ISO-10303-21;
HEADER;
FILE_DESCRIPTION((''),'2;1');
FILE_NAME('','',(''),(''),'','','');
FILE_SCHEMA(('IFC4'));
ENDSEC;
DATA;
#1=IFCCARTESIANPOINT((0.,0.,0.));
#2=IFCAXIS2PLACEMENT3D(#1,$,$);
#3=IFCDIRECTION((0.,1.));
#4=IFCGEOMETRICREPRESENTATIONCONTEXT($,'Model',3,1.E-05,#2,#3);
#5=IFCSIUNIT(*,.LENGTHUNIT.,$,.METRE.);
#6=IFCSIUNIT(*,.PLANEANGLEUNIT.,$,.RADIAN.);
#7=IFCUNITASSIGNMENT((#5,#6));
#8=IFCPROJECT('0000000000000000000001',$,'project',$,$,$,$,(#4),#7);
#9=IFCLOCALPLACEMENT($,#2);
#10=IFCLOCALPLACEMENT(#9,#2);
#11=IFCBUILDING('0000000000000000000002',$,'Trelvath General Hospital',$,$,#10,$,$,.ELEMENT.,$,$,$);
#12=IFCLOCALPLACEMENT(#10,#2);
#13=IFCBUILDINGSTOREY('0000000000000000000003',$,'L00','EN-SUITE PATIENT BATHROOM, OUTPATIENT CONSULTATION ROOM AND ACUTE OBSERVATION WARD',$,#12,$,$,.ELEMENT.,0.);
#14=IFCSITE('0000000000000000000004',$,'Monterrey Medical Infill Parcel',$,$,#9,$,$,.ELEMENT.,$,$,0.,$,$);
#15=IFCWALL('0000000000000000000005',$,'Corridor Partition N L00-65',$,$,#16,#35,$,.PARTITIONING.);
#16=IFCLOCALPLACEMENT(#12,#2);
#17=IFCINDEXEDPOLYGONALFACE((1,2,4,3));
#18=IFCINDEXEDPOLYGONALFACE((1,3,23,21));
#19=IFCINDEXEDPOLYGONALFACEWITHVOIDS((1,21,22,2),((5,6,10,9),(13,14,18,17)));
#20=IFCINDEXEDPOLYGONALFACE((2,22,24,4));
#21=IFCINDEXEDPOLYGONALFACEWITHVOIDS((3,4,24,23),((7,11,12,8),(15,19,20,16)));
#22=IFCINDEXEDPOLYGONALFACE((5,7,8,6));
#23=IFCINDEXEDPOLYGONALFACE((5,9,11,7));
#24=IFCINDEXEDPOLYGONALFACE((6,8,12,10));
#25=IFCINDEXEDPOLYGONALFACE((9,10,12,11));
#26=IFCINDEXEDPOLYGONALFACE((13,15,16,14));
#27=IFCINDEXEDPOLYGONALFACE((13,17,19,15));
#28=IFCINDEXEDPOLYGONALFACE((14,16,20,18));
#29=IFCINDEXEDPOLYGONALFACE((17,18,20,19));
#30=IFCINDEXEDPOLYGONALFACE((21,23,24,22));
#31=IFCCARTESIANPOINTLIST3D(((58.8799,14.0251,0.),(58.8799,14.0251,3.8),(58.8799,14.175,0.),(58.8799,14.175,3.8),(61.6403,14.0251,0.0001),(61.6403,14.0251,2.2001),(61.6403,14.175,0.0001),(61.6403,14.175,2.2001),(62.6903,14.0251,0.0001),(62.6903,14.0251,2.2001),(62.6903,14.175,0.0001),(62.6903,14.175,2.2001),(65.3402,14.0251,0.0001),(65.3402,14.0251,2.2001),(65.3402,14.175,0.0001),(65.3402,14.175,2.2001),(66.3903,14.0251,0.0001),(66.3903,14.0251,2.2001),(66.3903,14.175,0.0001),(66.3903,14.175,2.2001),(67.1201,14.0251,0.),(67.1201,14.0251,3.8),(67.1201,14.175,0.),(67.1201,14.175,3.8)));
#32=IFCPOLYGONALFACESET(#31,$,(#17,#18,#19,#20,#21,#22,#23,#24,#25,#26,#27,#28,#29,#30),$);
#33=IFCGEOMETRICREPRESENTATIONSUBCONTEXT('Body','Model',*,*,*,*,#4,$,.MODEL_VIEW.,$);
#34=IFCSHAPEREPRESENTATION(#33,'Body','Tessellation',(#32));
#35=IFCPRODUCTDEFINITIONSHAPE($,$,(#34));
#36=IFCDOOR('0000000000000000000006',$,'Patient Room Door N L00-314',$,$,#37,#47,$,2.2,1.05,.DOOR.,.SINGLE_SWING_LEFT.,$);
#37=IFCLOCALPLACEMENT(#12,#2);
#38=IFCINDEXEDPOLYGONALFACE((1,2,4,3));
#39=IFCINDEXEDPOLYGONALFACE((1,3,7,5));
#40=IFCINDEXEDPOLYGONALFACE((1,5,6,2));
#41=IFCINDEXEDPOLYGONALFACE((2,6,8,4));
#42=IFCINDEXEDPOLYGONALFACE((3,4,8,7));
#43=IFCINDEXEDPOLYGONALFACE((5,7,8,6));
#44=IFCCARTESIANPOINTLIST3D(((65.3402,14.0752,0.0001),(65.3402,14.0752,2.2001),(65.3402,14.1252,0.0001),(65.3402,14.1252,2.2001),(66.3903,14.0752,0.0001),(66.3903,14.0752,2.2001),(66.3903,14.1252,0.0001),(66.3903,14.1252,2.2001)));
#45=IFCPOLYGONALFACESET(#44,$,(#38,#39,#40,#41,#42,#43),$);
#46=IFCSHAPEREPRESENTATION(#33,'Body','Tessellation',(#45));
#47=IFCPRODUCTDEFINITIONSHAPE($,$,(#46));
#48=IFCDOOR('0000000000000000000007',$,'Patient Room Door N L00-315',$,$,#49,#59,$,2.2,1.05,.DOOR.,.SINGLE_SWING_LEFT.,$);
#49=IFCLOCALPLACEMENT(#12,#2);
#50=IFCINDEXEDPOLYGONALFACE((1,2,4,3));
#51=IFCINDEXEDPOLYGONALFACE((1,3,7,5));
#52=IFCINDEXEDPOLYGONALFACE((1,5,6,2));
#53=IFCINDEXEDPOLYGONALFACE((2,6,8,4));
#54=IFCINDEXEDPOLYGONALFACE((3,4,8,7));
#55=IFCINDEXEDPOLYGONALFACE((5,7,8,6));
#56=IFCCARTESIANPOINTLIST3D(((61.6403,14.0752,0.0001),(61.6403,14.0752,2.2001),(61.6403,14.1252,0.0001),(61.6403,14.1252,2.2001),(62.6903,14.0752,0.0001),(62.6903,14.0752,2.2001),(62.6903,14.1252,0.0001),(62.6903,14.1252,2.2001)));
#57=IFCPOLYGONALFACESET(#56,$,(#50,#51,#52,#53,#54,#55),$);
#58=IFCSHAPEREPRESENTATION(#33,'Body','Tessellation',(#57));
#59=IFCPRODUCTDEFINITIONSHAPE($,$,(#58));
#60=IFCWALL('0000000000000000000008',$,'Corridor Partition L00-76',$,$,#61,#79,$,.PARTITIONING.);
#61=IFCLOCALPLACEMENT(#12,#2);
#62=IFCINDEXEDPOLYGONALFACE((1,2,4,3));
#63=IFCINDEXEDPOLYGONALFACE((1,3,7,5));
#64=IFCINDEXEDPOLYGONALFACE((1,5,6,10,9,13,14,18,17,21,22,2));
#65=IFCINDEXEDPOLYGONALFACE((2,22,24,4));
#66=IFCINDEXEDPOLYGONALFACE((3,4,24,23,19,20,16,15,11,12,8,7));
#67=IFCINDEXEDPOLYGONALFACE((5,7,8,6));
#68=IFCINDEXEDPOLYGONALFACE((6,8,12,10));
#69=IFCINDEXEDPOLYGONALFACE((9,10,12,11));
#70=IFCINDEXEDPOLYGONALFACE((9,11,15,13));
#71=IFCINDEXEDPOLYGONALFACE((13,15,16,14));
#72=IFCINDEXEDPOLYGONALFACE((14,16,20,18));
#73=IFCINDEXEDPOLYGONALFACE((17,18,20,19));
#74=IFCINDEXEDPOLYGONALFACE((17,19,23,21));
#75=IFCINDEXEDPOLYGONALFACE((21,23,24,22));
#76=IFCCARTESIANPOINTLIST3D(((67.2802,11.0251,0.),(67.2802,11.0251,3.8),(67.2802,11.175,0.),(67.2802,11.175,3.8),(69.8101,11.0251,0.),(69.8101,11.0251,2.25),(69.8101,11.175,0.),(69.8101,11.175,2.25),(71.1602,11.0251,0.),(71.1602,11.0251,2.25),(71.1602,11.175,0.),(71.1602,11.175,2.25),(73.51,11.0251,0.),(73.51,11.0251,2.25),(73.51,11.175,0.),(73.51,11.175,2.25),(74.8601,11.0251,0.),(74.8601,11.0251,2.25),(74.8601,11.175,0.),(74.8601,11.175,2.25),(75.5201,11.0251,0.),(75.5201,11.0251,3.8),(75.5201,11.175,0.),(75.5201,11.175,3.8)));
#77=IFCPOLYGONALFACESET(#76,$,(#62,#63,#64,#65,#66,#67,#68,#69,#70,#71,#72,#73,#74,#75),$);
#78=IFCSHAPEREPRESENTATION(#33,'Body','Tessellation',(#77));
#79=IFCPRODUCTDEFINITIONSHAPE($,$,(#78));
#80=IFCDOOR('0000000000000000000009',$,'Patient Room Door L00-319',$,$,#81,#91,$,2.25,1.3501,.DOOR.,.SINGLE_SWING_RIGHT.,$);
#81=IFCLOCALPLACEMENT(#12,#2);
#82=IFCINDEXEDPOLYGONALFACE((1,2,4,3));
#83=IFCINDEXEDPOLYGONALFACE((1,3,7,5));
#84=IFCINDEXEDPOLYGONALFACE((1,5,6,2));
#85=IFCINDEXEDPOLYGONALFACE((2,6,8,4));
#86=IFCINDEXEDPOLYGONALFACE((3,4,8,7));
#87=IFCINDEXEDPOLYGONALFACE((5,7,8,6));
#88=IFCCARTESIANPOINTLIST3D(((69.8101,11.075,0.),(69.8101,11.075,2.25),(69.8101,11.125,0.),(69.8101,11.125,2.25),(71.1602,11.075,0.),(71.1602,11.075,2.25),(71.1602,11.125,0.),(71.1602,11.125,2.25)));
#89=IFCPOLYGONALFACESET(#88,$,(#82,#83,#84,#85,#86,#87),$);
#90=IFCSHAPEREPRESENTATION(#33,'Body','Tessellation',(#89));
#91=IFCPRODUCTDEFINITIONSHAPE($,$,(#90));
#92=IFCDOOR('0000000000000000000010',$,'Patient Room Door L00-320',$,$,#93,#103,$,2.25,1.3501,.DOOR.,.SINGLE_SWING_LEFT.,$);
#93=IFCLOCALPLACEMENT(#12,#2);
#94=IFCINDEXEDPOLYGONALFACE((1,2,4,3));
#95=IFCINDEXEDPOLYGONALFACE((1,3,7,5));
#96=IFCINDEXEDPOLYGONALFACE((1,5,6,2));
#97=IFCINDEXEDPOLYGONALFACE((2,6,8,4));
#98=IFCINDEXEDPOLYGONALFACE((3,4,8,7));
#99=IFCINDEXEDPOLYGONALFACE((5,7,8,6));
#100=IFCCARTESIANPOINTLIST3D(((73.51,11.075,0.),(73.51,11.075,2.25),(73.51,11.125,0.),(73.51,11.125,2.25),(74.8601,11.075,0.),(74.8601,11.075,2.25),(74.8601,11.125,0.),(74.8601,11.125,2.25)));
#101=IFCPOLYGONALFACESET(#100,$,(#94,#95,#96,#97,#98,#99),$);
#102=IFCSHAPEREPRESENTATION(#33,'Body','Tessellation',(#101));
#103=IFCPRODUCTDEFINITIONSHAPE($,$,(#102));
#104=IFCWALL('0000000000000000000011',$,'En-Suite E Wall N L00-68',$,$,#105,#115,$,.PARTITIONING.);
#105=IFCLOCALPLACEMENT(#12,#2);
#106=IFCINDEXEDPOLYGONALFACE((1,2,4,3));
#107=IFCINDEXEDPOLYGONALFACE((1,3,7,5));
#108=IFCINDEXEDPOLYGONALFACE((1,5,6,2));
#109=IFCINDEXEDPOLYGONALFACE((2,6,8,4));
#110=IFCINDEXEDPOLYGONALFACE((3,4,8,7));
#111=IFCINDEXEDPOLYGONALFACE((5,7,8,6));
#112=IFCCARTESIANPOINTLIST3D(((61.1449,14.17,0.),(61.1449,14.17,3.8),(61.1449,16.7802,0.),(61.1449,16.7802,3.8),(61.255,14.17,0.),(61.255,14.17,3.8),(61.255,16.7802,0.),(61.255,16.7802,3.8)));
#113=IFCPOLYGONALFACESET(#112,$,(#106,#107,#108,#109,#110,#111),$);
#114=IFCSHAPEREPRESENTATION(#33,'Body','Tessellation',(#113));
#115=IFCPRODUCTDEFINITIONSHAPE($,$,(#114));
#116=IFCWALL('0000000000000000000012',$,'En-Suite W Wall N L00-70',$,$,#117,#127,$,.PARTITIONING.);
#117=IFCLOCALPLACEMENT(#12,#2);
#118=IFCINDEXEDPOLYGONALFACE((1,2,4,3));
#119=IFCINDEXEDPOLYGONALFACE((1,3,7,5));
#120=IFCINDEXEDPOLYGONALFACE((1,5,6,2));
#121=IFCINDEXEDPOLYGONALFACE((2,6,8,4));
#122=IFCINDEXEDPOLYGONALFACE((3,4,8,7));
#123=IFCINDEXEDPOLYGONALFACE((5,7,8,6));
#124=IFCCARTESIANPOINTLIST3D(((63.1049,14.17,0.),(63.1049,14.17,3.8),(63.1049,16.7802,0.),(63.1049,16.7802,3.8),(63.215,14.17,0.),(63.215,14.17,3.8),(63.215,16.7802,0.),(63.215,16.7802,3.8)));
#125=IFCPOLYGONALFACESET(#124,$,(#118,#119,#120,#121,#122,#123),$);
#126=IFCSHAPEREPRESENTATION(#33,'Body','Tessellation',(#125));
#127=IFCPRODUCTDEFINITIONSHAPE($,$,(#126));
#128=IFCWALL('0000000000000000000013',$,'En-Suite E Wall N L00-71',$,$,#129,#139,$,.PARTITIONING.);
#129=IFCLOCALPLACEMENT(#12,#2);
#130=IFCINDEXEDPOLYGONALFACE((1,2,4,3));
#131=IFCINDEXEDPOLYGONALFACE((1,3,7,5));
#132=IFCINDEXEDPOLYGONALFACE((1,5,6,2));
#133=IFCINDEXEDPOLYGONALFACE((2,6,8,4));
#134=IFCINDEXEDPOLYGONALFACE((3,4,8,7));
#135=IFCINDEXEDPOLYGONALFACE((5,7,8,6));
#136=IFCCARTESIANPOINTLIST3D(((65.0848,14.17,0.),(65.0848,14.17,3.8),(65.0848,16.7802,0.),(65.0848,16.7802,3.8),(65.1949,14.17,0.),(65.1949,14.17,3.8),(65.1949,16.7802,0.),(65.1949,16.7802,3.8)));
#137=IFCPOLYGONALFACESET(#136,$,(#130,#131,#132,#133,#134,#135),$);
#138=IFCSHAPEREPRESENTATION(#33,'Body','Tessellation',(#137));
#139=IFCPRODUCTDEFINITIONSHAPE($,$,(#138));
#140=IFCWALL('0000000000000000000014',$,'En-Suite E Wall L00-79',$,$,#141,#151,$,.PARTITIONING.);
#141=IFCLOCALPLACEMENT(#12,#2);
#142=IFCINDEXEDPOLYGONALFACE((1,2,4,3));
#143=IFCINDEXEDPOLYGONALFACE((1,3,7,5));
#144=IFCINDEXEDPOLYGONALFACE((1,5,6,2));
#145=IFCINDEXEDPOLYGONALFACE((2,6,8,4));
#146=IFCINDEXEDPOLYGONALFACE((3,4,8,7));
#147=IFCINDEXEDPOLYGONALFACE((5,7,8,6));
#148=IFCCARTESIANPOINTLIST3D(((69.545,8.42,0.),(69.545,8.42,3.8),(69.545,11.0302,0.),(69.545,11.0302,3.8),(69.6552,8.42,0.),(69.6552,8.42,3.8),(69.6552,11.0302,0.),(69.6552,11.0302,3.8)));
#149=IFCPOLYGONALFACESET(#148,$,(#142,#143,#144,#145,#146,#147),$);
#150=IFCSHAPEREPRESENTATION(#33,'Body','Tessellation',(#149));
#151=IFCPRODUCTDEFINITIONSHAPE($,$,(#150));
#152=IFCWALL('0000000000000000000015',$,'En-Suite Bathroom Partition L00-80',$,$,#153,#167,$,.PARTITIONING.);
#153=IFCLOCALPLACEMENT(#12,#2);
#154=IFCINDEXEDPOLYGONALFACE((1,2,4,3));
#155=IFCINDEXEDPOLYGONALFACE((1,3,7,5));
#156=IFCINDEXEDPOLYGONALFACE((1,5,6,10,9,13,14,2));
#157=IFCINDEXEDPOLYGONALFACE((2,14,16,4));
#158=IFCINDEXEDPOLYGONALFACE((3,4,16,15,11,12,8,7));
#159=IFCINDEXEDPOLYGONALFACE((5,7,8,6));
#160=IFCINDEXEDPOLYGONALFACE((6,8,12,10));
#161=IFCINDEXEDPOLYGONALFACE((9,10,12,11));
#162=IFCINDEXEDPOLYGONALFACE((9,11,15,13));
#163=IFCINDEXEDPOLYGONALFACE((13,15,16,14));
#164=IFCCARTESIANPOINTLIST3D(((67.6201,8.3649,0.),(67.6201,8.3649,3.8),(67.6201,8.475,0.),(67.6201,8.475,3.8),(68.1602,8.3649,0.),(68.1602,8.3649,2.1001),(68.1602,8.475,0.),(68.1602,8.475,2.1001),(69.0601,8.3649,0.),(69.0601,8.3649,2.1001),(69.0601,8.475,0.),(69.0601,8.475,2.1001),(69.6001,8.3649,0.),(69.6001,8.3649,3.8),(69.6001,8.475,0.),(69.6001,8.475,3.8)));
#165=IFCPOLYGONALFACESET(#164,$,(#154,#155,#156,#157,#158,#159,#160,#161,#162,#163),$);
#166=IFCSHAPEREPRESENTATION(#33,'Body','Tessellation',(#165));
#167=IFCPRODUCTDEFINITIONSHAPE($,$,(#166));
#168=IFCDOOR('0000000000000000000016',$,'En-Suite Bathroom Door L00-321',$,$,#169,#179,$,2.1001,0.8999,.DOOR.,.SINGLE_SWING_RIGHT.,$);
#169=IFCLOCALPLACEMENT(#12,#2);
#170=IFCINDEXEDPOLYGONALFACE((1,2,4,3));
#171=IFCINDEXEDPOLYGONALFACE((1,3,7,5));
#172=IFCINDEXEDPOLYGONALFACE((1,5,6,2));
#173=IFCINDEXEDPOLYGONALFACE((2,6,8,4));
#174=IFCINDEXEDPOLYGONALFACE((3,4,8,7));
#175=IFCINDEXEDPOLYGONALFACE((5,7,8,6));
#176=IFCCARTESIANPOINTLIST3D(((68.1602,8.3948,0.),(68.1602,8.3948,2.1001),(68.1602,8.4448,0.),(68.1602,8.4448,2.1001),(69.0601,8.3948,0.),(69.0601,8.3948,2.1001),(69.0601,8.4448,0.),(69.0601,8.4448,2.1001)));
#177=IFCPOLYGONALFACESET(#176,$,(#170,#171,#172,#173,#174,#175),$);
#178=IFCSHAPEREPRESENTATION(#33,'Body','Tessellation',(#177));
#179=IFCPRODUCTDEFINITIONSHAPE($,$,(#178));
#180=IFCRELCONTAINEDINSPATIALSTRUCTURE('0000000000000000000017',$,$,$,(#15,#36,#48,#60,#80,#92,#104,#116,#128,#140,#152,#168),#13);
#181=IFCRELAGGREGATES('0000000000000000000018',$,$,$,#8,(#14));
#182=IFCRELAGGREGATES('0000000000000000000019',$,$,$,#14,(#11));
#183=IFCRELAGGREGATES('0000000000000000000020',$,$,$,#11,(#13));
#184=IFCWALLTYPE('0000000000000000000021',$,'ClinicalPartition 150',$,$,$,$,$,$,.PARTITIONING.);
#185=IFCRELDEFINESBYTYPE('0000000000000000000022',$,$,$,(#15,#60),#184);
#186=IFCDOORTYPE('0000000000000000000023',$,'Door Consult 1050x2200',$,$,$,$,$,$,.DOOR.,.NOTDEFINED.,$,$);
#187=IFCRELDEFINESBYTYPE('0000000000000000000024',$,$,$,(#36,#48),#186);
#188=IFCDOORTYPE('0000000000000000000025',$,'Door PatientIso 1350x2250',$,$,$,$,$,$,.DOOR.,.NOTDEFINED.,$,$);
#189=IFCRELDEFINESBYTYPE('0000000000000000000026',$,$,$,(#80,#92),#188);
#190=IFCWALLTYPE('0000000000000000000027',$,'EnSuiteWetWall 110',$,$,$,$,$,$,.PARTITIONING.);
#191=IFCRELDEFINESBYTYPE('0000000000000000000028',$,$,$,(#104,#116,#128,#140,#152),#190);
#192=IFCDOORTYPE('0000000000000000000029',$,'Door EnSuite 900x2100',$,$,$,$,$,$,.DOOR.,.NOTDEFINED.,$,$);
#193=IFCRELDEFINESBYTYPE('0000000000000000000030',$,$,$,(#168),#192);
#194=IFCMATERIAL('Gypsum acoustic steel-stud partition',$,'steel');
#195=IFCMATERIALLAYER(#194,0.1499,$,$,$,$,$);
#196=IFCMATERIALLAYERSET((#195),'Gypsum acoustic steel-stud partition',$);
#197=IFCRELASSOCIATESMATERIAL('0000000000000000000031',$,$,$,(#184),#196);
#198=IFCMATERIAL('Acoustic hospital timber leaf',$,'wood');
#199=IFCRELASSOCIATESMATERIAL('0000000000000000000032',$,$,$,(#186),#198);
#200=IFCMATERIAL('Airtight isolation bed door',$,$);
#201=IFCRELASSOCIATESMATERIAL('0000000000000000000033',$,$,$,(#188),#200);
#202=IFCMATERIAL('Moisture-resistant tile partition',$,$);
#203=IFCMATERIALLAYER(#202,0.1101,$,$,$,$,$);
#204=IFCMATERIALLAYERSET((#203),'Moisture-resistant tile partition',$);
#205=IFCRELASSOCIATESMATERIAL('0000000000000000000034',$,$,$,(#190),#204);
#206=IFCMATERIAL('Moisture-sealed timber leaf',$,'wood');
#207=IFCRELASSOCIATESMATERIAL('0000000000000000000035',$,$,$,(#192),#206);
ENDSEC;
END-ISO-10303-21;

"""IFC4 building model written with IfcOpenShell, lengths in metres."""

from ifc_helpers import new_model, si_unit, direction, frame, frame_2d, origin, place, context, subcontext, project, spatial, rectangle, extrude, material, layer, layer_set, type_object, element, fill, save


model = new_model("IFC4")

# Units and contexts
model_context = context("Model", 3, precision=1e-05, world=origin(), true_north=direction((0.0, 1.0)))
body_context = subcontext(model_context, "Body", "Model", "MODEL_VIEW")
ifc_project = project(units=[si_unit("LENGTHUNIT", "METRE"), si_unit("PLANEANGLEUNIT", "RADIAN")], contexts=[model_context])

# Site, building, storey
site_placement = place(None, origin())
site = spatial("IfcSite", under=ifc_project, at=site_placement, Name="Monterrey Medical Infill Parcel", CompositionType="ELEMENT", RefElevation=0.0)
building_placement = place(site_placement, origin())
building = spatial("IfcBuilding", under=site, at=building_placement, Name="Trelvath General Hospital", CompositionType="ELEMENT")
storey_placement = place(building_placement, origin())
storey = spatial("IfcBuildingStorey", under=building, at=storey_placement, Name="L00", Description="EN-SUITE PATIENT BATHROOM, OUTPATIENT CONSULTATION ROOM AND ACUTE OBSERVATION WARD", CompositionType="ELEMENT", Elevation=0.0)

# Walls, openings, doors
ifc_material_1 = material(Name="Gypsum acoustic steel-stud partition", Category="steel")
ifc_layer_1 = layer(ifc_material_1, 0.1499)
ifc_layer_set_1 = layer_set([ifc_layer_1], Name="Gypsum acoustic steel-stud partition")
wall_type_1 = type_object("IfcWallType", Name="ClinicalPartition 150", PredefinedType="PARTITIONING", material=ifc_layer_set_1)
wall_1_placement = place(storey_placement, frame((67.1201, 14.1001, 0.0), z_axis=(0.0, 0.0, 1.0), x_axis=(-1.0, 0.0, 0.0)))
wall_1 = element("IfcWall", 1, at=wall_1_placement, inside=storey, type_object=wall_type_1, Name="Corridor Partition N L00-65", PredefinedType="PARTITIONING", context=body_context, shape_type="SweptSolid", body=[
    extrude(rectangle(XDim=8.2402, YDim=0.1499, at=frame_2d((4.1201, 0.0))), origin(), (0.0, 0.0, 1.0), 3.8),
])
opening_1_placement = place(wall_1_placement, frame((0.73, 0.0, 0.0)))
opening_1 = element("IfcOpeningElement", 2, at=opening_1_placement, cuts=wall_1, PredefinedType="OPENING", context=body_context, shape_type="SweptSolid", body=[
    extrude(rectangle(XDim=1.05, YDim=2.2, at=frame_2d((0.5249, 1.1001))), frame((0.0, 0.085, 0.0), z_axis=(0.0, -1.0, 0.0), x_axis=(1.0, 0.0, 0.0)), (0.0, 0.0, 1.0), 0.1699),
])
opening_2_placement = place(wall_1_placement, frame((4.4299, 0.0, 0.0)))
opening_2 = element("IfcOpeningElement", 3, at=opening_2_placement, cuts=wall_1, PredefinedType="OPENING", context=body_context, shape_type="SweptSolid", body=[
    extrude(rectangle(XDim=1.05, YDim=2.2, at=frame_2d((0.5249, 1.1001))), frame((0.0, 0.085, 0.0), z_axis=(0.0, -1.0, 0.0), x_axis=(1.0, 0.0, 0.0)), (0.0, 0.0, 1.0), 0.1699),
])
ifc_material_2 = material(Name="Acoustic hospital timber leaf", Category="wood")
door_type_1 = type_object("IfcDoorType", Name="Door Consult 1050x2200", OperationType="NOTDEFINED", PredefinedType="DOOR", material=ifc_material_2)
door_1_placement = place(opening_1_placement, origin())
door_1 = element("IfcDoor", 4, at=door_1_placement, inside=storey, type_object=door_type_1, Name="Patient Room Door N L00-314", OperationType="SINGLE_SWING_LEFT", OverallHeight=2.2, OverallWidth=1.05, PredefinedType="DOOR", context=body_context, shape_type="SweptSolid", body=[
    extrude(rectangle(XDim=1.05, YDim=2.2, at=frame_2d((0.5249, 1.1001))), frame((0.0, 0.0249, 0.0), z_axis=(0.0, -1.0, 0.0), x_axis=(1.0, 0.0, 0.0)), (0.0, 0.0, 1.0), 0.05),
])
fill(opening_1, door_1)
door_2_placement = place(opening_2_placement, origin())
door_2 = element("IfcDoor", 5, at=door_2_placement, inside=storey, type_object=door_type_1, Name="Patient Room Door N L00-315", OperationType="SINGLE_SWING_LEFT", OverallHeight=2.2, OverallWidth=1.05, PredefinedType="DOOR", context=body_context, shape_type="SweptSolid", body=[
    extrude(rectangle(XDim=1.05, YDim=2.2, at=frame_2d((0.5249, 1.1001))), frame((0.0, 0.0249, 0.0), z_axis=(0.0, -1.0, 0.0), x_axis=(1.0, 0.0, 0.0)), (0.0, 0.0, 1.0), 0.05),
])
fill(opening_2, door_2)
wall_2_placement = place(storey_placement, frame((67.28, 11.1001, 0.0), z_axis=(0.0, 0.0, 1.0), x_axis=(1.0, 0.0, 0.0)))
wall_2 = element("IfcWall", 6, at=wall_2_placement, inside=storey, type_object=wall_type_1, Name="Corridor Partition L00-76", PredefinedType="PARTITIONING", context=body_context, shape_type="SweptSolid", body=[
    extrude(rectangle(XDim=8.24, YDim=0.1499, at=frame_2d((4.1201, 0.0))), origin(), (0.0, 0.0, 1.0), 3.8),
])
opening_3_placement = place(wall_2_placement, frame((2.53, 0.0, 0.0)))
opening_3 = element("IfcOpeningElement", 7, at=opening_3_placement, cuts=wall_2, PredefinedType="OPENING", context=body_context, shape_type="SweptSolid", body=[
    extrude(rectangle(XDim=1.3501, YDim=2.25, at=frame_2d((0.675, 1.125))), frame((0.0, 0.085, 0.0), z_axis=(0.0, -1.0, 0.0), x_axis=(1.0, 0.0, 0.0)), (0.0, 0.0, 1.0), 0.1699),
])
opening_4_placement = place(wall_2_placement, frame((6.23, 0.0, 0.0)))
opening_4 = element("IfcOpeningElement", 8, at=opening_4_placement, cuts=wall_2, PredefinedType="OPENING", context=body_context, shape_type="SweptSolid", body=[
    extrude(rectangle(XDim=1.3501, YDim=2.25, at=frame_2d((0.675, 1.125))), frame((0.0, 0.085, 0.0), z_axis=(0.0, -1.0, 0.0), x_axis=(1.0, 0.0, 0.0)), (0.0, 0.0, 1.0), 0.1699),
])
ifc_material_3 = material(Name="Airtight isolation bed door")
door_type_2 = type_object("IfcDoorType", Name="Door PatientIso 1350x2250", OperationType="NOTDEFINED", PredefinedType="DOOR", material=ifc_material_3)
door_3_placement = place(opening_3_placement, origin())
door_3 = element("IfcDoor", 9, at=door_3_placement, inside=storey, type_object=door_type_2, Name="Patient Room Door L00-319", OperationType="SINGLE_SWING_RIGHT", OverallHeight=2.25, OverallWidth=1.3501, PredefinedType="DOOR", context=body_context, shape_type="SweptSolid", body=[
    extrude(rectangle(XDim=1.3501, YDim=2.25, at=frame_2d((0.675, 1.125))), frame((0.0, 0.0249, 0.0), z_axis=(0.0, -1.0, 0.0), x_axis=(1.0, 0.0, 0.0)), (0.0, 0.0, 1.0), 0.05),
])
fill(opening_3, door_3)
door_4_placement = place(opening_4_placement, origin())
door_4 = element("IfcDoor", 10, at=door_4_placement, inside=storey, type_object=door_type_2, Name="Patient Room Door L00-320", OperationType="SINGLE_SWING_LEFT", OverallHeight=2.25, OverallWidth=1.3501, PredefinedType="DOOR", context=body_context, shape_type="SweptSolid", body=[
    extrude(rectangle(XDim=1.3501, YDim=2.25, at=frame_2d((0.675, 1.125))), frame((0.0, 0.0249, 0.0), z_axis=(0.0, -1.0, 0.0), x_axis=(1.0, 0.0, 0.0)), (0.0, 0.0, 1.0), 0.05),
])
fill(opening_4, door_4)

# Walls
ifc_material_4 = material(Name="Moisture-resistant tile partition")
ifc_layer_2 = layer(ifc_material_4, 0.1101)
ifc_layer_set_2 = layer_set([ifc_layer_2], Name="Moisture-resistant tile partition")
wall_type_2 = type_object("IfcWallType", Name="EnSuiteWetWall 110", PredefinedType="PARTITIONING", material=ifc_layer_set_2)
for number, where, z_axis, x_axis, name in (
    (11, (61.2, 14.1699, 0.0), (0.0, 0.0, 1.0), (0.0, 1.0, 0.0), "En-Suite E Wall N L00-68"),
    (12, (63.1599, 14.1699, 0.0), (0.0, 0.0, 1.0), (0.0, 1.0, 0.0), "En-Suite W Wall N L00-70"),
    (13, (65.1399, 14.1699, 0.0), (0.0, 0.0, 1.0), (0.0, 1.0, 0.0), "En-Suite E Wall N L00-71"),
    (14, (69.6001, 8.4199, 0.0), (0.0, 0.0, 1.0), (0.0, 1.0, 0.0), "En-Suite E Wall L00-79"),
):
    element("IfcWall", number, at=place(storey_placement, frame(where, z_axis=z_axis, x_axis=x_axis)), inside=storey, type_object=wall_type_2, Name=name, PredefinedType="PARTITIONING", context=body_context, shape_type="SweptSolid", body=[
        extrude(rectangle(XDim=2.6101, YDim=0.1101, at=frame_2d((1.3052, 0.0))), origin(), (0.0, 0.0, 1.0), 3.8),
    ])

# Wall, opening, door
wall_3_placement = place(storey_placement, frame((67.6201, 8.4199, 0.0), z_axis=(0.0, 0.0, 1.0), x_axis=(1.0, 0.0, 0.0)))
wall_3 = element("IfcWall", 15, at=wall_3_placement, inside=storey, type_object=wall_type_2, Name="En-Suite Bathroom Partition L00-80", PredefinedType="PARTITIONING", context=body_context, shape_type="SweptSolid", body=[
    extrude(rectangle(XDim=1.98, YDim=0.1101, at=frame_2d((0.99, 0.0))), origin(), (0.0, 0.0, 1.0), 3.8),
])
opening_5_placement = place(wall_3_placement, frame((0.54, 0.0, 0.0)))
opening_5 = element("IfcOpeningElement", 16, at=opening_5_placement, cuts=wall_3, PredefinedType="OPENING", context=body_context, shape_type="SweptSolid", body=[
    extrude(rectangle(XDim=0.8999, YDim=2.1001, at=frame_2d((0.45, 1.05))), frame((0.0, 0.0649, 0.0), z_axis=(0.0, -1.0, 0.0), x_axis=(1.0, 0.0, 0.0)), (0.0, 0.0, 1.0), 0.1301),
])
ifc_material_5 = material(Name="Moisture-sealed timber leaf", Category="wood")
door_type_3 = type_object("IfcDoorType", Name="Door EnSuite 900x2100", OperationType="NOTDEFINED", PredefinedType="DOOR", material=ifc_material_5)
door_5_placement = place(opening_5_placement, origin())
door_5 = element("IfcDoor", 17, at=door_5_placement, inside=storey, type_object=door_type_3, Name="En-Suite Bathroom Door L00-321", OperationType="SINGLE_SWING_RIGHT", OverallHeight=2.1001, OverallWidth=0.8999, PredefinedType="DOOR", context=body_context, shape_type="SweptSolid", body=[
    extrude(rectangle(XDim=0.8999, YDim=2.1001, at=frame_2d((0.45, 1.05))), frame((0.0, 0.0249, 0.0), z_axis=(0.0, -1.0, 0.0), x_axis=(1.0, 0.0, 0.0)), (0.0, 0.0, 1.0), 0.05),
])
fill(opening_5, door_5)

save(model, "model.ifc")
